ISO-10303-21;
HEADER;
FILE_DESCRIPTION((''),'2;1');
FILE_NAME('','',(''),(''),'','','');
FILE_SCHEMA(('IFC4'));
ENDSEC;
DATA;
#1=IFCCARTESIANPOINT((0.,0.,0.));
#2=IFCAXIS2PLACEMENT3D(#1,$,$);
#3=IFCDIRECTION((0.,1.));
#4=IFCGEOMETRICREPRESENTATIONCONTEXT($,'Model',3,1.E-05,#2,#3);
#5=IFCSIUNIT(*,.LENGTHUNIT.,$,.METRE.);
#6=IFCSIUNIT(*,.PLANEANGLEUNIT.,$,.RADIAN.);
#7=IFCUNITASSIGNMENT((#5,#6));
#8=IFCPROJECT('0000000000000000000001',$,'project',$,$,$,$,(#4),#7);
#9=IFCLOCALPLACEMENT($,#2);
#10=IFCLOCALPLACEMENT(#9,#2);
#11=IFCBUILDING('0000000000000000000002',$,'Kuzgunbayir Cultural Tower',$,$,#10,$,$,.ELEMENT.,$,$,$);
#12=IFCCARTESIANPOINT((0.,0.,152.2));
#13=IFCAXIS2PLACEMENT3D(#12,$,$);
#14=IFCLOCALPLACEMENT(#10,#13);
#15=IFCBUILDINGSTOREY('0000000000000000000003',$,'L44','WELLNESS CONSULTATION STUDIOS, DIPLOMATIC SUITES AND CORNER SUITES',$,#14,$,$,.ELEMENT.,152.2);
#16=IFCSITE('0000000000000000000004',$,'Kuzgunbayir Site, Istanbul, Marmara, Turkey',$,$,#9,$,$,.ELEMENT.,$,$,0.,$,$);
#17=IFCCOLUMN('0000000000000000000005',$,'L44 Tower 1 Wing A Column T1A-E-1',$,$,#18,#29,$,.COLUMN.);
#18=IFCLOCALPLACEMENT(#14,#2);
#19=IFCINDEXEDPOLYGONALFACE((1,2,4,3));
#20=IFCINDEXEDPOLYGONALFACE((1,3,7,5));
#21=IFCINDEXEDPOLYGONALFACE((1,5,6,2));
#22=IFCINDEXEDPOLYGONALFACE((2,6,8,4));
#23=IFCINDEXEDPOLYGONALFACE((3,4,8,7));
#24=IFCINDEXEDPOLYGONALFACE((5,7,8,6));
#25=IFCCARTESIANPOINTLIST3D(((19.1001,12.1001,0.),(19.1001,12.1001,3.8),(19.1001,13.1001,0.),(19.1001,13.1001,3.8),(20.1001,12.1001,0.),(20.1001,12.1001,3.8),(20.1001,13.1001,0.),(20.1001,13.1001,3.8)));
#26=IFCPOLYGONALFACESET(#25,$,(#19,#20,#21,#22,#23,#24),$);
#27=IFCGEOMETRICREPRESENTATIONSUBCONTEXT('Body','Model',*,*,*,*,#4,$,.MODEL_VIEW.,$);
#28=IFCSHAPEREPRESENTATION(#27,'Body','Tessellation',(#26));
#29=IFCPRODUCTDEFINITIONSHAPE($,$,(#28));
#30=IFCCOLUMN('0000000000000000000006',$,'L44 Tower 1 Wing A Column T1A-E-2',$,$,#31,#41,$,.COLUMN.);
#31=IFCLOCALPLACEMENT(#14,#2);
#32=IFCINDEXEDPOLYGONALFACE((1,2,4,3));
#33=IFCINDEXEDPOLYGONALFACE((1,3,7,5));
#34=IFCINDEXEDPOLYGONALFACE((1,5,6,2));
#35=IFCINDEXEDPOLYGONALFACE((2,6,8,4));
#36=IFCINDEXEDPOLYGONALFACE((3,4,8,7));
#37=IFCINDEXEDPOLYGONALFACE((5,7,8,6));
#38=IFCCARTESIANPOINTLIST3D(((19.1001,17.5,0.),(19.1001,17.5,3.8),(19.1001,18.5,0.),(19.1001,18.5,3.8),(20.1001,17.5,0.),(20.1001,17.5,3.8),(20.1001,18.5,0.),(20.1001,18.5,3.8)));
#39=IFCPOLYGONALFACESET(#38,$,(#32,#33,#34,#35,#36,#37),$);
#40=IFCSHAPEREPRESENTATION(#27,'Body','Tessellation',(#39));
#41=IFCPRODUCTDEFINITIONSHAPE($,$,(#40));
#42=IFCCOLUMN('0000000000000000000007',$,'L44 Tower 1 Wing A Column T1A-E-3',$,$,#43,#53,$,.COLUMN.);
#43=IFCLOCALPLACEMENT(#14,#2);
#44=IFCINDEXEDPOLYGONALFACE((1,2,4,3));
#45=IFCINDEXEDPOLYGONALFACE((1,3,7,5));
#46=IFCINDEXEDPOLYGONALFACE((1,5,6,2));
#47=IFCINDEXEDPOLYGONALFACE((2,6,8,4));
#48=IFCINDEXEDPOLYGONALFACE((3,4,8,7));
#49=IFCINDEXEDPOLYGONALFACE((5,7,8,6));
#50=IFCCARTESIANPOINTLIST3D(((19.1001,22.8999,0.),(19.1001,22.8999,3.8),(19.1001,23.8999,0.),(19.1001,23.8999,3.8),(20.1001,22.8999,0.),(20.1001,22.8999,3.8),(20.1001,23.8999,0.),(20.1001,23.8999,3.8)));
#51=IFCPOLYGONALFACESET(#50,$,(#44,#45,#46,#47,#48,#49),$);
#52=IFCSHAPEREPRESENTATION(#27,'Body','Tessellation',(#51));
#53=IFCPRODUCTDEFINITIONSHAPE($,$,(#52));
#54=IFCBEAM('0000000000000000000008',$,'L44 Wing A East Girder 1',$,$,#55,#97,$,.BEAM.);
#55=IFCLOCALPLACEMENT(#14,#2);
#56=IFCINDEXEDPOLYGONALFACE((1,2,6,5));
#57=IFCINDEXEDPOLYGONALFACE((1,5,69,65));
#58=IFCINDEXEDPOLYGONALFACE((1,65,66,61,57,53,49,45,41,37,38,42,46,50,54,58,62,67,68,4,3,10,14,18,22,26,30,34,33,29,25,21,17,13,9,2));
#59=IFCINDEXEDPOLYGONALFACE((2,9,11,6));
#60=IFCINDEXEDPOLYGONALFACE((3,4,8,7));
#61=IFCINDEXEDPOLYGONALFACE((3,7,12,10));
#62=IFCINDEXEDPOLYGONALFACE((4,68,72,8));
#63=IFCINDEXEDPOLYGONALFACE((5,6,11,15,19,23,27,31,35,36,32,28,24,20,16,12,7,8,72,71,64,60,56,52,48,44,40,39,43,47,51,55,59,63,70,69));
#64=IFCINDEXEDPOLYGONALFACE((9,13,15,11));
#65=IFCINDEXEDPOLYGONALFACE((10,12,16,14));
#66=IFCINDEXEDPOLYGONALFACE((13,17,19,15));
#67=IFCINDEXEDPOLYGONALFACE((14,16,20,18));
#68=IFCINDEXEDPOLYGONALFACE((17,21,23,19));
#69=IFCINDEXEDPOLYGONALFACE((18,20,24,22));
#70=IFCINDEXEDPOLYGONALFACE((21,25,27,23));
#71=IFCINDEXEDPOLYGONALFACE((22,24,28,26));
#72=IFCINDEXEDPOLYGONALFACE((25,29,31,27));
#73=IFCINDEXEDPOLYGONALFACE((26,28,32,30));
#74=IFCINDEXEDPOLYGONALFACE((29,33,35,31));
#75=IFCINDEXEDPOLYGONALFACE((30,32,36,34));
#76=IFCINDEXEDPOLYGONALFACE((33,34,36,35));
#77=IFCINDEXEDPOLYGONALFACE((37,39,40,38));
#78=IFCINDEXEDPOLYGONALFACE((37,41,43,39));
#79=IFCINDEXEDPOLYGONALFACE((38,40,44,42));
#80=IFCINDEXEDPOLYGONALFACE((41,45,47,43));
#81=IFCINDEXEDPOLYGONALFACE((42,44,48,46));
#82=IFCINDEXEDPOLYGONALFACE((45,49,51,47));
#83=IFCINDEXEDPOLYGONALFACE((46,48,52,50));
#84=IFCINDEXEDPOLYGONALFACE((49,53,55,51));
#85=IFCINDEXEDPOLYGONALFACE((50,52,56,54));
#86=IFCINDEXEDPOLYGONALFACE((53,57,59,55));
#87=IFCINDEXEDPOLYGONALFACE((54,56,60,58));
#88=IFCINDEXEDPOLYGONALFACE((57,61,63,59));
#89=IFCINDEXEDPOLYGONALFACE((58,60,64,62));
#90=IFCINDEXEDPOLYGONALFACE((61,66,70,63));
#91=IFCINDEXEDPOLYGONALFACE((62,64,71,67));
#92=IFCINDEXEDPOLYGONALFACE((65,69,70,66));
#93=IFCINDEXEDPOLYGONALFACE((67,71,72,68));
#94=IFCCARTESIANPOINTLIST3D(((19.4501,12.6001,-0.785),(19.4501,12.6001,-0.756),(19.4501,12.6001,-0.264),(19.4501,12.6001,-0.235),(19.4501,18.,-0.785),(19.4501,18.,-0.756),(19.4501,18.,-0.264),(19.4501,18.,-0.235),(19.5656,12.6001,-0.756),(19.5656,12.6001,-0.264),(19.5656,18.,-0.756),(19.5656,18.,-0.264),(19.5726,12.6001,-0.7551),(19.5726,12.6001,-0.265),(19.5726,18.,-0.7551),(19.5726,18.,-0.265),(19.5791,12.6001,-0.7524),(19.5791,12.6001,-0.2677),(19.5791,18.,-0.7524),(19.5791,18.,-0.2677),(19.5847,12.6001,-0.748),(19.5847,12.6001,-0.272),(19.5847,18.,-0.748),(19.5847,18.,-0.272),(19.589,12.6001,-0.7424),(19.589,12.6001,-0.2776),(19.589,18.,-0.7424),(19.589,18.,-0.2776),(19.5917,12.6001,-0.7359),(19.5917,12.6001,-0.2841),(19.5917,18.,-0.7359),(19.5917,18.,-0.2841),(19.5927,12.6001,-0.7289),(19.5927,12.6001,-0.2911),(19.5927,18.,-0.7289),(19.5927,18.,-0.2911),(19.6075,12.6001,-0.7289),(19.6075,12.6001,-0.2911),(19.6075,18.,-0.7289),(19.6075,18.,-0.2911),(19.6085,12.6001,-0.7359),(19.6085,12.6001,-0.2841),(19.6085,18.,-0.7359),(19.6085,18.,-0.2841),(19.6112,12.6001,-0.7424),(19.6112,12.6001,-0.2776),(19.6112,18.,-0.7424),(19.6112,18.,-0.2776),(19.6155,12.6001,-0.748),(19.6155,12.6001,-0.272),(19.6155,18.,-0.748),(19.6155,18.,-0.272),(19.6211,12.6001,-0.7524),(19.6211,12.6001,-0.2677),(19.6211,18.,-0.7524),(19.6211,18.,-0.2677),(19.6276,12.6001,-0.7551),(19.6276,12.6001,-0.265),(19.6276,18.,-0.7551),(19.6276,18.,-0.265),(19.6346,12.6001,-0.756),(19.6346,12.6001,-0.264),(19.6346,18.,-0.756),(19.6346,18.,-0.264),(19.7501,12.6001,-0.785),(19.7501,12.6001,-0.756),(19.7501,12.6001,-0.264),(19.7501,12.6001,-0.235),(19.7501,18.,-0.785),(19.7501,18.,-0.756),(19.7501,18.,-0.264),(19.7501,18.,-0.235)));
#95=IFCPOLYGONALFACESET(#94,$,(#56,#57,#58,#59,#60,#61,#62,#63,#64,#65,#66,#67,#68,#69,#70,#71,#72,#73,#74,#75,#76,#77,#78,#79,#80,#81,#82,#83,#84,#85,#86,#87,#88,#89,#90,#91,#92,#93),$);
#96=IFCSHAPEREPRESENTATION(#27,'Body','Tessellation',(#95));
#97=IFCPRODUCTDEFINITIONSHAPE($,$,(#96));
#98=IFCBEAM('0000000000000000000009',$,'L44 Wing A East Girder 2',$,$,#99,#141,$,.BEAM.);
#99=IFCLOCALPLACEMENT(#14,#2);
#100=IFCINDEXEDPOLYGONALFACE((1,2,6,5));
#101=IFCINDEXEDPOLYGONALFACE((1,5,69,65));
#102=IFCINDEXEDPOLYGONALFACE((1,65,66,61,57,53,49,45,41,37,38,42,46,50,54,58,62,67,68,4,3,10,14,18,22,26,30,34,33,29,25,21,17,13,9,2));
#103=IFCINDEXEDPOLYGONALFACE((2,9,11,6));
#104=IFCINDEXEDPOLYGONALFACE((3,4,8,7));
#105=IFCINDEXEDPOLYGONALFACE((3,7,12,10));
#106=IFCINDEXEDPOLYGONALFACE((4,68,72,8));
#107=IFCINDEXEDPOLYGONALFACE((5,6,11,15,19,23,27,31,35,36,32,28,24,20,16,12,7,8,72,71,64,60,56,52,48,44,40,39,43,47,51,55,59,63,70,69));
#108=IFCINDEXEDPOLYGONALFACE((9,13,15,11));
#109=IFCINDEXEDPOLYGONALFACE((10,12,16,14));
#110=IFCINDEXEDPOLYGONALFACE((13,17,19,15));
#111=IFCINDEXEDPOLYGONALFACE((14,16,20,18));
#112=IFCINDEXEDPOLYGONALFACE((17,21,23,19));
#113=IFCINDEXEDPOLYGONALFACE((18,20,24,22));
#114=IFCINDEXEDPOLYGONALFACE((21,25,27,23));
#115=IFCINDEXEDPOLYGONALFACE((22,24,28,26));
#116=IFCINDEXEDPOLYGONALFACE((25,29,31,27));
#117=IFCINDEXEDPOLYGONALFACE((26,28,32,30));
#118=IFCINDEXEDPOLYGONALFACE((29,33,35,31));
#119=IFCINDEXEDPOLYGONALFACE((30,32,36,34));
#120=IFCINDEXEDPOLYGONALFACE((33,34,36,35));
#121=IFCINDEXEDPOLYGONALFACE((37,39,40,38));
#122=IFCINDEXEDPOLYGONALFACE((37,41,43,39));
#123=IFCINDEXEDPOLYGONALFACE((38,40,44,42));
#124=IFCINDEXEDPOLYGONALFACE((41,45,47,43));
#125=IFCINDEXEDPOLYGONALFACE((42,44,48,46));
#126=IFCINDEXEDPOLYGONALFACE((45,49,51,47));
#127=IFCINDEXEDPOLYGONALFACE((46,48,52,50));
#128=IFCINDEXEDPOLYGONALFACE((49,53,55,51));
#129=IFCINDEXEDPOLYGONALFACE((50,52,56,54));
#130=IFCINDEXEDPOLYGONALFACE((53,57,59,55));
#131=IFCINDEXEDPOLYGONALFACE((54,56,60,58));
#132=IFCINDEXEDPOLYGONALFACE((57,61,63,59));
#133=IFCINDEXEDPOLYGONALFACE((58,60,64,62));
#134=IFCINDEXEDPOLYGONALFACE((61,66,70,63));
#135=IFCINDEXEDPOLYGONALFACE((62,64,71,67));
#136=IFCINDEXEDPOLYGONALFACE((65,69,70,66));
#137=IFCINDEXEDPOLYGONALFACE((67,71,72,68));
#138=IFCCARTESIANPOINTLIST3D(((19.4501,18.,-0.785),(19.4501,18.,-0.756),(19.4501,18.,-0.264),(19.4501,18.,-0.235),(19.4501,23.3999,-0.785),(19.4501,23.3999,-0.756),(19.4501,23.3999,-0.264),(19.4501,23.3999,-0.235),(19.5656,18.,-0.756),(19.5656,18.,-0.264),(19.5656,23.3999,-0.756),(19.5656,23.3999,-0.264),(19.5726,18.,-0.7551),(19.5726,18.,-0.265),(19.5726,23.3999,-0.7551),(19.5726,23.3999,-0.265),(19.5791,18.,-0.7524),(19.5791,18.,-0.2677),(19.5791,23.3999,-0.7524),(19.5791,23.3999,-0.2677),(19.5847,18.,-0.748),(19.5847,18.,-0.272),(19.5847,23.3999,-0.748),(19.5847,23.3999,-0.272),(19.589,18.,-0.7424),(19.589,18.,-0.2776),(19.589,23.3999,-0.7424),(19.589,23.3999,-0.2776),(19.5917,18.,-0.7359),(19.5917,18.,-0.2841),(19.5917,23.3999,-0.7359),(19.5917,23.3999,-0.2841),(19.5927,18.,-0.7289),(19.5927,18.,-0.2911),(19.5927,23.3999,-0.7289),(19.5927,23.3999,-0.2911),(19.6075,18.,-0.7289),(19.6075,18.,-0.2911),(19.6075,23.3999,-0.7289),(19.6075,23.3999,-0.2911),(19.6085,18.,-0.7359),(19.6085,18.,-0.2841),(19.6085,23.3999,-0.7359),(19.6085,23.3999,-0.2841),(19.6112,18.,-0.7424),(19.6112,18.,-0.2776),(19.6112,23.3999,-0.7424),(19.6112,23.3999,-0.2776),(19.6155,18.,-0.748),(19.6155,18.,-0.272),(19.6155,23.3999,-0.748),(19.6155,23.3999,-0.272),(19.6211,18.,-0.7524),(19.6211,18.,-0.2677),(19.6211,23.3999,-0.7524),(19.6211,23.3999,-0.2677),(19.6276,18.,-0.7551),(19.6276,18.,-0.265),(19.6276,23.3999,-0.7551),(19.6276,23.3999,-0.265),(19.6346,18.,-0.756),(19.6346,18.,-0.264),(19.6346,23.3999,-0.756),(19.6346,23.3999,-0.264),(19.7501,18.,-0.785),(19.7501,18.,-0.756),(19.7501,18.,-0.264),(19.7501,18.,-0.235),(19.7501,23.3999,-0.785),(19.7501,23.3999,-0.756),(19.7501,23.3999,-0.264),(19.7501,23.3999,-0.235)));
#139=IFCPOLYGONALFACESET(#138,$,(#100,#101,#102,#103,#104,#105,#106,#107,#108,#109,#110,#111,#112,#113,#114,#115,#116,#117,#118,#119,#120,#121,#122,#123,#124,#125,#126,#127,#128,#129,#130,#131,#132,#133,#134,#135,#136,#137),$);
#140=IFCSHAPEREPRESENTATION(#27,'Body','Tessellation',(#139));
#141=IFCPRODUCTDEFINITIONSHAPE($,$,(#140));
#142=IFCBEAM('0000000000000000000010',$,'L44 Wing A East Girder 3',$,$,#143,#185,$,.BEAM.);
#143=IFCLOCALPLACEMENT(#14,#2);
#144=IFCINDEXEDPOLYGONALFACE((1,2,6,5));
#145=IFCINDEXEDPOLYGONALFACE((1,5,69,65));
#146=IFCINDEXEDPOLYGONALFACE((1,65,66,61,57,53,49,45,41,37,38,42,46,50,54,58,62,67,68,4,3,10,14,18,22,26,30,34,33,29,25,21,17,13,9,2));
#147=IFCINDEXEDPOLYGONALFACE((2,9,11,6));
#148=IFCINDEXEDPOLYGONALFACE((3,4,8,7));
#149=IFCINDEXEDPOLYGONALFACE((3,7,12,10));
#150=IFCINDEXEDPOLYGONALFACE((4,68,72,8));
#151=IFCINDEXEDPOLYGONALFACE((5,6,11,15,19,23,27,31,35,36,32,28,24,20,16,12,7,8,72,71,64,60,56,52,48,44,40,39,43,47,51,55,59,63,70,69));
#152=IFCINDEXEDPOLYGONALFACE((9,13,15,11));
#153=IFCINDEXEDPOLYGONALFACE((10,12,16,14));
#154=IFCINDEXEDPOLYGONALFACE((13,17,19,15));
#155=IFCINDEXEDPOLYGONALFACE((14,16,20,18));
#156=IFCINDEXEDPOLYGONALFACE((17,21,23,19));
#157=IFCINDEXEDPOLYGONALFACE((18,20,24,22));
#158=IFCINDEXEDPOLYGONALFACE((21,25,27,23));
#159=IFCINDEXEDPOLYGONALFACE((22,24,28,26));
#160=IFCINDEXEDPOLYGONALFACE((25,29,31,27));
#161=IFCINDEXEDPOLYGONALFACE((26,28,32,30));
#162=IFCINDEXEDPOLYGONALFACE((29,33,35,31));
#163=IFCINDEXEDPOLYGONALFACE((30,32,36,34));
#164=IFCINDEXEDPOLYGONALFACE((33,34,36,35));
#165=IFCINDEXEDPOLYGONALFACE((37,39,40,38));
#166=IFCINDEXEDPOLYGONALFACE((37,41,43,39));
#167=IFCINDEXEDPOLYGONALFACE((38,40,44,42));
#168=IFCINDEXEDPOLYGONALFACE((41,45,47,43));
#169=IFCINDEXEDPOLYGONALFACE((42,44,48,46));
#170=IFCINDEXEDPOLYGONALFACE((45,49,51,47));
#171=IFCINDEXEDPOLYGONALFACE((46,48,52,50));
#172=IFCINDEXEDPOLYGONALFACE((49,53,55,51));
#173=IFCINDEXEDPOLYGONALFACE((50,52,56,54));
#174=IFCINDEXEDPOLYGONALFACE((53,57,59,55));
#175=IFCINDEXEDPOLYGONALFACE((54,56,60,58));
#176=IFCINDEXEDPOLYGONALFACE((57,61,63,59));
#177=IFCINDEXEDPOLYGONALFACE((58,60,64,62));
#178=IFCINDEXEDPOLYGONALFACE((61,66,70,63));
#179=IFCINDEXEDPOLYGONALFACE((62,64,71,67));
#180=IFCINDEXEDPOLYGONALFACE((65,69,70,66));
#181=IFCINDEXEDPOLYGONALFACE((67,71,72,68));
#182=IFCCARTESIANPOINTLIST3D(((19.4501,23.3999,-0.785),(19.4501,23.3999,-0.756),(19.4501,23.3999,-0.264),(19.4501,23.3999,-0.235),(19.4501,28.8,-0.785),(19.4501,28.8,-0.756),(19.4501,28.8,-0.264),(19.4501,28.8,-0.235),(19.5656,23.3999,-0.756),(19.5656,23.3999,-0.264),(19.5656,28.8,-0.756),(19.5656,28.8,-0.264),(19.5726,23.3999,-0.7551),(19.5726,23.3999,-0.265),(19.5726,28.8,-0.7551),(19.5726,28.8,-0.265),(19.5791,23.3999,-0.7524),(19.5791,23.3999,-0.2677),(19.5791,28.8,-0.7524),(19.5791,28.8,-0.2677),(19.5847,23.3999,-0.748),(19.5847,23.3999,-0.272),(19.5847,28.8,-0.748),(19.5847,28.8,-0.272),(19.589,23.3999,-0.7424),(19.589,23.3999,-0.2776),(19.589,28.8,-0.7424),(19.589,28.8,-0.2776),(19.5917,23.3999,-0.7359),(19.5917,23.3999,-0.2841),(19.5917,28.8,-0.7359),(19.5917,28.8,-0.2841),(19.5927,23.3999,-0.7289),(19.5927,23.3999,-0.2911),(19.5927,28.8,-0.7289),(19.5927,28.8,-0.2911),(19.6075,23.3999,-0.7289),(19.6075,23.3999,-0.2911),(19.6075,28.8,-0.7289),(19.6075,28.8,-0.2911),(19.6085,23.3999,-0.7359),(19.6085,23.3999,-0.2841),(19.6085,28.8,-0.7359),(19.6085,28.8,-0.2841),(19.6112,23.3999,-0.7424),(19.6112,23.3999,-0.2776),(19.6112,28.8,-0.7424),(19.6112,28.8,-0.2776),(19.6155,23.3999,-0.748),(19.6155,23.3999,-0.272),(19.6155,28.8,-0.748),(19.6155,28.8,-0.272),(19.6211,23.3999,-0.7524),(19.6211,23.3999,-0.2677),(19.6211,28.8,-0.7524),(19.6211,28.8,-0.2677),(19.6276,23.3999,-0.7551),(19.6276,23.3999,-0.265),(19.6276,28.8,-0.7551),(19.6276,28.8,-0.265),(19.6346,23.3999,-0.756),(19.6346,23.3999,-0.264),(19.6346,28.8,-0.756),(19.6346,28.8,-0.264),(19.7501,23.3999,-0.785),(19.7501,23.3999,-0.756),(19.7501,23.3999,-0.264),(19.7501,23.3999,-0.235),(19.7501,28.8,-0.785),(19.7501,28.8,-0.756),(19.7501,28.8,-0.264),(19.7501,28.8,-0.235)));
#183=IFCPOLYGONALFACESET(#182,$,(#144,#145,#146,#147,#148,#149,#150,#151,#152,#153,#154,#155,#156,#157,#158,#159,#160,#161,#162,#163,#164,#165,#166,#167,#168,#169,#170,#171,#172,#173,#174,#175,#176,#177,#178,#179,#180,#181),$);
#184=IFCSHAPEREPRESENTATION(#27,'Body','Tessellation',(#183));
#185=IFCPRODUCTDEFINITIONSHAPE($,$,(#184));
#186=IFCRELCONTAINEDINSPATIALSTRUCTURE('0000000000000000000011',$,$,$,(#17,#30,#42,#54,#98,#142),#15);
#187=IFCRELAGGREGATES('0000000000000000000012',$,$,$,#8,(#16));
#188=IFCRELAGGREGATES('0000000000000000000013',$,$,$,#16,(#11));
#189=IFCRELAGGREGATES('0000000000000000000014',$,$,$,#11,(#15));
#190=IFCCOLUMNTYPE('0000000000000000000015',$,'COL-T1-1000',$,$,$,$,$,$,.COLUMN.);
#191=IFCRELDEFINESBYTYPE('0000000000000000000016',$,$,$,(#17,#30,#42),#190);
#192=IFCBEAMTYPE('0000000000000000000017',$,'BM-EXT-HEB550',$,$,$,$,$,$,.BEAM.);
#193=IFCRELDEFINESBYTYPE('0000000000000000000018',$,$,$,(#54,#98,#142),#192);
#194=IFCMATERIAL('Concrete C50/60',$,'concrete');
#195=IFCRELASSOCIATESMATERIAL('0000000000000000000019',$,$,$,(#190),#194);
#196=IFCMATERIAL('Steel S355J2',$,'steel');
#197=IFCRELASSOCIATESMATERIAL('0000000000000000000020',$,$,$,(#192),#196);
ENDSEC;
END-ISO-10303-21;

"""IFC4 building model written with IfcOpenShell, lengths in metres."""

from ifc_helpers import new_model, si_unit, direction, frame, origin, origin_2d, place, context, subcontext, project, spatial, rectangle, i_section, extrude, material, material_profile, profile_set, type_object, element, save


model = new_model("IFC4")

# Units and contexts
model_context = context("Model", 3, precision=1e-05, world=origin(), true_north=direction((0.0, 1.0)))
body_context = subcontext(model_context, "Body", "Model", "MODEL_VIEW")
ifc_project = project(units=[si_unit("LENGTHUNIT", "METRE"), si_unit("PLANEANGLEUNIT", "RADIAN")], contexts=[model_context])

# Site, building, storey
site_placement = place(None, origin())
site = spatial("IfcSite", under=ifc_project, at=site_placement, Name="Kuzgunbayir Site, Istanbul, Marmara, Turkey", CompositionType="ELEMENT", RefElevation=0.0)
building_placement = place(site_placement, origin())
building = spatial("IfcBuilding", under=site, at=building_placement, Name="Kuzgunbayir Cultural Tower", CompositionType="ELEMENT")
storey_placement = place(building_placement, frame((0.0, 0.0, 152.2)))
storey = spatial("IfcBuildingStorey", under=building, at=storey_placement, Name="L44", Description="WELLNESS CONSULTATION STUDIOS, DIPLOMATIC SUITES AND CORNER SUITES", CompositionType="ELEMENT", Elevation=152.2)

# Columns
ifc_material_1 = material(Name="Concrete C50/60", Category="concrete")
ifc_material_profile_1 = material_profile(ifc_material_1, rectangle(XDim=1.0, YDim=1.0, at=origin_2d()), Name="RC 1000x1000")
ifc_profile_set_1 = profile_set([ifc_material_profile_1], Name="Concrete C50/60")
column_type = type_object("IfcColumnType", Name="COL-T1-1000", PredefinedType="COLUMN", material=ifc_profile_set_1)
for number, where, z_axis, x_axis, name in (
    (1, (19.6001, 12.6001, 0.0), (0.0, 0.0, 1.0), (1.0, 0.0, 0.0), "L44 Tower 1 Wing A Column T1A-E-1"),
    (2, (19.6001, 18.0, 0.0), (0.0, 0.0, 1.0), (1.0, 0.0, 0.0), "L44 Tower 1 Wing A Column T1A-E-2"),
    (3, (19.6001, 23.3999, 0.0), (0.0, 0.0, 1.0), (1.0, 0.0, 0.0), "L44 Tower 1 Wing A Column T1A-E-3"),
):
    element("IfcColumn", number, at=place(storey_placement, frame(where, z_axis=z_axis, x_axis=x_axis)), inside=storey, type_object=column_type, Name=name, PredefinedType="COLUMN", context=body_context, shape_type="SweptSolid", body=[
        extrude(rectangle(XDim=1.0, YDim=1.0, at=origin_2d()), origin(), (0.0, 0.0, 1.0), 3.8),
    ])

# Beams
ifc_material_2 = material(Name="Steel S355J2", Category="steel")
ifc_material_profile_2 = material_profile(ifc_material_2, i_section(OverallWidth=0.3, OverallDepth=0.55, WebThickness=0.0149, FlangeThickness=0.0291, FilletRadius=0.0271, at=origin_2d()), Name="HEB 550")
ifc_profile_set_2 = profile_set([ifc_material_profile_2], Name="Steel S355J2")
beam_type = type_object("IfcBeamType", Name="BM-EXT-HEB550", PredefinedType="BEAM", material=ifc_profile_set_2)
for number, where, z_axis, x_axis, name in (
    (4, (19.6001, 12.6001, -0.51), (0.0, 1.0, 0.0), (-1.0, 0.0, 0.0), "L44 Wing A East Girder 1"),
    (5, (19.6001, 18.0, -0.51), (0.0, 1.0, 0.0), (-1.0, 0.0, 0.0), "L44 Wing A East Girder 2"),
):
    element("IfcBeam", number, at=place(storey_placement, frame(where, z_axis=z_axis, x_axis=x_axis)), inside=storey, type_object=beam_type, Name=name, PredefinedType="BEAM", context=body_context, shape_type="SweptSolid", body=[
        extrude(i_section(OverallWidth=0.3, OverallDepth=0.55, WebThickness=0.0149, FlangeThickness=0.0291, FilletRadius=0.0271, at=origin_2d()), origin(), (0.0, 0.0, 1.0), 5.3999),
    ])
beam_placement = place(storey_placement, frame((19.6001, 23.3999, -0.51), z_axis=(0.0, 1.0, 0.0), x_axis=(-1.0, 0.0, 0.0)))
element("IfcBeam", 6, at=beam_placement, inside=storey, type_object=beam_type, Name="L44 Wing A East Girder 3", PredefinedType="BEAM", context=body_context, shape_type="SweptSolid", body=[
    extrude(i_section(OverallWidth=0.3, OverallDepth=0.55, WebThickness=0.0149, FlangeThickness=0.0291, FilletRadius=0.0271, at=origin_2d()), origin(), (0.0, 0.0, 1.0), 5.4001),
])

save(model, "model.ifc")
